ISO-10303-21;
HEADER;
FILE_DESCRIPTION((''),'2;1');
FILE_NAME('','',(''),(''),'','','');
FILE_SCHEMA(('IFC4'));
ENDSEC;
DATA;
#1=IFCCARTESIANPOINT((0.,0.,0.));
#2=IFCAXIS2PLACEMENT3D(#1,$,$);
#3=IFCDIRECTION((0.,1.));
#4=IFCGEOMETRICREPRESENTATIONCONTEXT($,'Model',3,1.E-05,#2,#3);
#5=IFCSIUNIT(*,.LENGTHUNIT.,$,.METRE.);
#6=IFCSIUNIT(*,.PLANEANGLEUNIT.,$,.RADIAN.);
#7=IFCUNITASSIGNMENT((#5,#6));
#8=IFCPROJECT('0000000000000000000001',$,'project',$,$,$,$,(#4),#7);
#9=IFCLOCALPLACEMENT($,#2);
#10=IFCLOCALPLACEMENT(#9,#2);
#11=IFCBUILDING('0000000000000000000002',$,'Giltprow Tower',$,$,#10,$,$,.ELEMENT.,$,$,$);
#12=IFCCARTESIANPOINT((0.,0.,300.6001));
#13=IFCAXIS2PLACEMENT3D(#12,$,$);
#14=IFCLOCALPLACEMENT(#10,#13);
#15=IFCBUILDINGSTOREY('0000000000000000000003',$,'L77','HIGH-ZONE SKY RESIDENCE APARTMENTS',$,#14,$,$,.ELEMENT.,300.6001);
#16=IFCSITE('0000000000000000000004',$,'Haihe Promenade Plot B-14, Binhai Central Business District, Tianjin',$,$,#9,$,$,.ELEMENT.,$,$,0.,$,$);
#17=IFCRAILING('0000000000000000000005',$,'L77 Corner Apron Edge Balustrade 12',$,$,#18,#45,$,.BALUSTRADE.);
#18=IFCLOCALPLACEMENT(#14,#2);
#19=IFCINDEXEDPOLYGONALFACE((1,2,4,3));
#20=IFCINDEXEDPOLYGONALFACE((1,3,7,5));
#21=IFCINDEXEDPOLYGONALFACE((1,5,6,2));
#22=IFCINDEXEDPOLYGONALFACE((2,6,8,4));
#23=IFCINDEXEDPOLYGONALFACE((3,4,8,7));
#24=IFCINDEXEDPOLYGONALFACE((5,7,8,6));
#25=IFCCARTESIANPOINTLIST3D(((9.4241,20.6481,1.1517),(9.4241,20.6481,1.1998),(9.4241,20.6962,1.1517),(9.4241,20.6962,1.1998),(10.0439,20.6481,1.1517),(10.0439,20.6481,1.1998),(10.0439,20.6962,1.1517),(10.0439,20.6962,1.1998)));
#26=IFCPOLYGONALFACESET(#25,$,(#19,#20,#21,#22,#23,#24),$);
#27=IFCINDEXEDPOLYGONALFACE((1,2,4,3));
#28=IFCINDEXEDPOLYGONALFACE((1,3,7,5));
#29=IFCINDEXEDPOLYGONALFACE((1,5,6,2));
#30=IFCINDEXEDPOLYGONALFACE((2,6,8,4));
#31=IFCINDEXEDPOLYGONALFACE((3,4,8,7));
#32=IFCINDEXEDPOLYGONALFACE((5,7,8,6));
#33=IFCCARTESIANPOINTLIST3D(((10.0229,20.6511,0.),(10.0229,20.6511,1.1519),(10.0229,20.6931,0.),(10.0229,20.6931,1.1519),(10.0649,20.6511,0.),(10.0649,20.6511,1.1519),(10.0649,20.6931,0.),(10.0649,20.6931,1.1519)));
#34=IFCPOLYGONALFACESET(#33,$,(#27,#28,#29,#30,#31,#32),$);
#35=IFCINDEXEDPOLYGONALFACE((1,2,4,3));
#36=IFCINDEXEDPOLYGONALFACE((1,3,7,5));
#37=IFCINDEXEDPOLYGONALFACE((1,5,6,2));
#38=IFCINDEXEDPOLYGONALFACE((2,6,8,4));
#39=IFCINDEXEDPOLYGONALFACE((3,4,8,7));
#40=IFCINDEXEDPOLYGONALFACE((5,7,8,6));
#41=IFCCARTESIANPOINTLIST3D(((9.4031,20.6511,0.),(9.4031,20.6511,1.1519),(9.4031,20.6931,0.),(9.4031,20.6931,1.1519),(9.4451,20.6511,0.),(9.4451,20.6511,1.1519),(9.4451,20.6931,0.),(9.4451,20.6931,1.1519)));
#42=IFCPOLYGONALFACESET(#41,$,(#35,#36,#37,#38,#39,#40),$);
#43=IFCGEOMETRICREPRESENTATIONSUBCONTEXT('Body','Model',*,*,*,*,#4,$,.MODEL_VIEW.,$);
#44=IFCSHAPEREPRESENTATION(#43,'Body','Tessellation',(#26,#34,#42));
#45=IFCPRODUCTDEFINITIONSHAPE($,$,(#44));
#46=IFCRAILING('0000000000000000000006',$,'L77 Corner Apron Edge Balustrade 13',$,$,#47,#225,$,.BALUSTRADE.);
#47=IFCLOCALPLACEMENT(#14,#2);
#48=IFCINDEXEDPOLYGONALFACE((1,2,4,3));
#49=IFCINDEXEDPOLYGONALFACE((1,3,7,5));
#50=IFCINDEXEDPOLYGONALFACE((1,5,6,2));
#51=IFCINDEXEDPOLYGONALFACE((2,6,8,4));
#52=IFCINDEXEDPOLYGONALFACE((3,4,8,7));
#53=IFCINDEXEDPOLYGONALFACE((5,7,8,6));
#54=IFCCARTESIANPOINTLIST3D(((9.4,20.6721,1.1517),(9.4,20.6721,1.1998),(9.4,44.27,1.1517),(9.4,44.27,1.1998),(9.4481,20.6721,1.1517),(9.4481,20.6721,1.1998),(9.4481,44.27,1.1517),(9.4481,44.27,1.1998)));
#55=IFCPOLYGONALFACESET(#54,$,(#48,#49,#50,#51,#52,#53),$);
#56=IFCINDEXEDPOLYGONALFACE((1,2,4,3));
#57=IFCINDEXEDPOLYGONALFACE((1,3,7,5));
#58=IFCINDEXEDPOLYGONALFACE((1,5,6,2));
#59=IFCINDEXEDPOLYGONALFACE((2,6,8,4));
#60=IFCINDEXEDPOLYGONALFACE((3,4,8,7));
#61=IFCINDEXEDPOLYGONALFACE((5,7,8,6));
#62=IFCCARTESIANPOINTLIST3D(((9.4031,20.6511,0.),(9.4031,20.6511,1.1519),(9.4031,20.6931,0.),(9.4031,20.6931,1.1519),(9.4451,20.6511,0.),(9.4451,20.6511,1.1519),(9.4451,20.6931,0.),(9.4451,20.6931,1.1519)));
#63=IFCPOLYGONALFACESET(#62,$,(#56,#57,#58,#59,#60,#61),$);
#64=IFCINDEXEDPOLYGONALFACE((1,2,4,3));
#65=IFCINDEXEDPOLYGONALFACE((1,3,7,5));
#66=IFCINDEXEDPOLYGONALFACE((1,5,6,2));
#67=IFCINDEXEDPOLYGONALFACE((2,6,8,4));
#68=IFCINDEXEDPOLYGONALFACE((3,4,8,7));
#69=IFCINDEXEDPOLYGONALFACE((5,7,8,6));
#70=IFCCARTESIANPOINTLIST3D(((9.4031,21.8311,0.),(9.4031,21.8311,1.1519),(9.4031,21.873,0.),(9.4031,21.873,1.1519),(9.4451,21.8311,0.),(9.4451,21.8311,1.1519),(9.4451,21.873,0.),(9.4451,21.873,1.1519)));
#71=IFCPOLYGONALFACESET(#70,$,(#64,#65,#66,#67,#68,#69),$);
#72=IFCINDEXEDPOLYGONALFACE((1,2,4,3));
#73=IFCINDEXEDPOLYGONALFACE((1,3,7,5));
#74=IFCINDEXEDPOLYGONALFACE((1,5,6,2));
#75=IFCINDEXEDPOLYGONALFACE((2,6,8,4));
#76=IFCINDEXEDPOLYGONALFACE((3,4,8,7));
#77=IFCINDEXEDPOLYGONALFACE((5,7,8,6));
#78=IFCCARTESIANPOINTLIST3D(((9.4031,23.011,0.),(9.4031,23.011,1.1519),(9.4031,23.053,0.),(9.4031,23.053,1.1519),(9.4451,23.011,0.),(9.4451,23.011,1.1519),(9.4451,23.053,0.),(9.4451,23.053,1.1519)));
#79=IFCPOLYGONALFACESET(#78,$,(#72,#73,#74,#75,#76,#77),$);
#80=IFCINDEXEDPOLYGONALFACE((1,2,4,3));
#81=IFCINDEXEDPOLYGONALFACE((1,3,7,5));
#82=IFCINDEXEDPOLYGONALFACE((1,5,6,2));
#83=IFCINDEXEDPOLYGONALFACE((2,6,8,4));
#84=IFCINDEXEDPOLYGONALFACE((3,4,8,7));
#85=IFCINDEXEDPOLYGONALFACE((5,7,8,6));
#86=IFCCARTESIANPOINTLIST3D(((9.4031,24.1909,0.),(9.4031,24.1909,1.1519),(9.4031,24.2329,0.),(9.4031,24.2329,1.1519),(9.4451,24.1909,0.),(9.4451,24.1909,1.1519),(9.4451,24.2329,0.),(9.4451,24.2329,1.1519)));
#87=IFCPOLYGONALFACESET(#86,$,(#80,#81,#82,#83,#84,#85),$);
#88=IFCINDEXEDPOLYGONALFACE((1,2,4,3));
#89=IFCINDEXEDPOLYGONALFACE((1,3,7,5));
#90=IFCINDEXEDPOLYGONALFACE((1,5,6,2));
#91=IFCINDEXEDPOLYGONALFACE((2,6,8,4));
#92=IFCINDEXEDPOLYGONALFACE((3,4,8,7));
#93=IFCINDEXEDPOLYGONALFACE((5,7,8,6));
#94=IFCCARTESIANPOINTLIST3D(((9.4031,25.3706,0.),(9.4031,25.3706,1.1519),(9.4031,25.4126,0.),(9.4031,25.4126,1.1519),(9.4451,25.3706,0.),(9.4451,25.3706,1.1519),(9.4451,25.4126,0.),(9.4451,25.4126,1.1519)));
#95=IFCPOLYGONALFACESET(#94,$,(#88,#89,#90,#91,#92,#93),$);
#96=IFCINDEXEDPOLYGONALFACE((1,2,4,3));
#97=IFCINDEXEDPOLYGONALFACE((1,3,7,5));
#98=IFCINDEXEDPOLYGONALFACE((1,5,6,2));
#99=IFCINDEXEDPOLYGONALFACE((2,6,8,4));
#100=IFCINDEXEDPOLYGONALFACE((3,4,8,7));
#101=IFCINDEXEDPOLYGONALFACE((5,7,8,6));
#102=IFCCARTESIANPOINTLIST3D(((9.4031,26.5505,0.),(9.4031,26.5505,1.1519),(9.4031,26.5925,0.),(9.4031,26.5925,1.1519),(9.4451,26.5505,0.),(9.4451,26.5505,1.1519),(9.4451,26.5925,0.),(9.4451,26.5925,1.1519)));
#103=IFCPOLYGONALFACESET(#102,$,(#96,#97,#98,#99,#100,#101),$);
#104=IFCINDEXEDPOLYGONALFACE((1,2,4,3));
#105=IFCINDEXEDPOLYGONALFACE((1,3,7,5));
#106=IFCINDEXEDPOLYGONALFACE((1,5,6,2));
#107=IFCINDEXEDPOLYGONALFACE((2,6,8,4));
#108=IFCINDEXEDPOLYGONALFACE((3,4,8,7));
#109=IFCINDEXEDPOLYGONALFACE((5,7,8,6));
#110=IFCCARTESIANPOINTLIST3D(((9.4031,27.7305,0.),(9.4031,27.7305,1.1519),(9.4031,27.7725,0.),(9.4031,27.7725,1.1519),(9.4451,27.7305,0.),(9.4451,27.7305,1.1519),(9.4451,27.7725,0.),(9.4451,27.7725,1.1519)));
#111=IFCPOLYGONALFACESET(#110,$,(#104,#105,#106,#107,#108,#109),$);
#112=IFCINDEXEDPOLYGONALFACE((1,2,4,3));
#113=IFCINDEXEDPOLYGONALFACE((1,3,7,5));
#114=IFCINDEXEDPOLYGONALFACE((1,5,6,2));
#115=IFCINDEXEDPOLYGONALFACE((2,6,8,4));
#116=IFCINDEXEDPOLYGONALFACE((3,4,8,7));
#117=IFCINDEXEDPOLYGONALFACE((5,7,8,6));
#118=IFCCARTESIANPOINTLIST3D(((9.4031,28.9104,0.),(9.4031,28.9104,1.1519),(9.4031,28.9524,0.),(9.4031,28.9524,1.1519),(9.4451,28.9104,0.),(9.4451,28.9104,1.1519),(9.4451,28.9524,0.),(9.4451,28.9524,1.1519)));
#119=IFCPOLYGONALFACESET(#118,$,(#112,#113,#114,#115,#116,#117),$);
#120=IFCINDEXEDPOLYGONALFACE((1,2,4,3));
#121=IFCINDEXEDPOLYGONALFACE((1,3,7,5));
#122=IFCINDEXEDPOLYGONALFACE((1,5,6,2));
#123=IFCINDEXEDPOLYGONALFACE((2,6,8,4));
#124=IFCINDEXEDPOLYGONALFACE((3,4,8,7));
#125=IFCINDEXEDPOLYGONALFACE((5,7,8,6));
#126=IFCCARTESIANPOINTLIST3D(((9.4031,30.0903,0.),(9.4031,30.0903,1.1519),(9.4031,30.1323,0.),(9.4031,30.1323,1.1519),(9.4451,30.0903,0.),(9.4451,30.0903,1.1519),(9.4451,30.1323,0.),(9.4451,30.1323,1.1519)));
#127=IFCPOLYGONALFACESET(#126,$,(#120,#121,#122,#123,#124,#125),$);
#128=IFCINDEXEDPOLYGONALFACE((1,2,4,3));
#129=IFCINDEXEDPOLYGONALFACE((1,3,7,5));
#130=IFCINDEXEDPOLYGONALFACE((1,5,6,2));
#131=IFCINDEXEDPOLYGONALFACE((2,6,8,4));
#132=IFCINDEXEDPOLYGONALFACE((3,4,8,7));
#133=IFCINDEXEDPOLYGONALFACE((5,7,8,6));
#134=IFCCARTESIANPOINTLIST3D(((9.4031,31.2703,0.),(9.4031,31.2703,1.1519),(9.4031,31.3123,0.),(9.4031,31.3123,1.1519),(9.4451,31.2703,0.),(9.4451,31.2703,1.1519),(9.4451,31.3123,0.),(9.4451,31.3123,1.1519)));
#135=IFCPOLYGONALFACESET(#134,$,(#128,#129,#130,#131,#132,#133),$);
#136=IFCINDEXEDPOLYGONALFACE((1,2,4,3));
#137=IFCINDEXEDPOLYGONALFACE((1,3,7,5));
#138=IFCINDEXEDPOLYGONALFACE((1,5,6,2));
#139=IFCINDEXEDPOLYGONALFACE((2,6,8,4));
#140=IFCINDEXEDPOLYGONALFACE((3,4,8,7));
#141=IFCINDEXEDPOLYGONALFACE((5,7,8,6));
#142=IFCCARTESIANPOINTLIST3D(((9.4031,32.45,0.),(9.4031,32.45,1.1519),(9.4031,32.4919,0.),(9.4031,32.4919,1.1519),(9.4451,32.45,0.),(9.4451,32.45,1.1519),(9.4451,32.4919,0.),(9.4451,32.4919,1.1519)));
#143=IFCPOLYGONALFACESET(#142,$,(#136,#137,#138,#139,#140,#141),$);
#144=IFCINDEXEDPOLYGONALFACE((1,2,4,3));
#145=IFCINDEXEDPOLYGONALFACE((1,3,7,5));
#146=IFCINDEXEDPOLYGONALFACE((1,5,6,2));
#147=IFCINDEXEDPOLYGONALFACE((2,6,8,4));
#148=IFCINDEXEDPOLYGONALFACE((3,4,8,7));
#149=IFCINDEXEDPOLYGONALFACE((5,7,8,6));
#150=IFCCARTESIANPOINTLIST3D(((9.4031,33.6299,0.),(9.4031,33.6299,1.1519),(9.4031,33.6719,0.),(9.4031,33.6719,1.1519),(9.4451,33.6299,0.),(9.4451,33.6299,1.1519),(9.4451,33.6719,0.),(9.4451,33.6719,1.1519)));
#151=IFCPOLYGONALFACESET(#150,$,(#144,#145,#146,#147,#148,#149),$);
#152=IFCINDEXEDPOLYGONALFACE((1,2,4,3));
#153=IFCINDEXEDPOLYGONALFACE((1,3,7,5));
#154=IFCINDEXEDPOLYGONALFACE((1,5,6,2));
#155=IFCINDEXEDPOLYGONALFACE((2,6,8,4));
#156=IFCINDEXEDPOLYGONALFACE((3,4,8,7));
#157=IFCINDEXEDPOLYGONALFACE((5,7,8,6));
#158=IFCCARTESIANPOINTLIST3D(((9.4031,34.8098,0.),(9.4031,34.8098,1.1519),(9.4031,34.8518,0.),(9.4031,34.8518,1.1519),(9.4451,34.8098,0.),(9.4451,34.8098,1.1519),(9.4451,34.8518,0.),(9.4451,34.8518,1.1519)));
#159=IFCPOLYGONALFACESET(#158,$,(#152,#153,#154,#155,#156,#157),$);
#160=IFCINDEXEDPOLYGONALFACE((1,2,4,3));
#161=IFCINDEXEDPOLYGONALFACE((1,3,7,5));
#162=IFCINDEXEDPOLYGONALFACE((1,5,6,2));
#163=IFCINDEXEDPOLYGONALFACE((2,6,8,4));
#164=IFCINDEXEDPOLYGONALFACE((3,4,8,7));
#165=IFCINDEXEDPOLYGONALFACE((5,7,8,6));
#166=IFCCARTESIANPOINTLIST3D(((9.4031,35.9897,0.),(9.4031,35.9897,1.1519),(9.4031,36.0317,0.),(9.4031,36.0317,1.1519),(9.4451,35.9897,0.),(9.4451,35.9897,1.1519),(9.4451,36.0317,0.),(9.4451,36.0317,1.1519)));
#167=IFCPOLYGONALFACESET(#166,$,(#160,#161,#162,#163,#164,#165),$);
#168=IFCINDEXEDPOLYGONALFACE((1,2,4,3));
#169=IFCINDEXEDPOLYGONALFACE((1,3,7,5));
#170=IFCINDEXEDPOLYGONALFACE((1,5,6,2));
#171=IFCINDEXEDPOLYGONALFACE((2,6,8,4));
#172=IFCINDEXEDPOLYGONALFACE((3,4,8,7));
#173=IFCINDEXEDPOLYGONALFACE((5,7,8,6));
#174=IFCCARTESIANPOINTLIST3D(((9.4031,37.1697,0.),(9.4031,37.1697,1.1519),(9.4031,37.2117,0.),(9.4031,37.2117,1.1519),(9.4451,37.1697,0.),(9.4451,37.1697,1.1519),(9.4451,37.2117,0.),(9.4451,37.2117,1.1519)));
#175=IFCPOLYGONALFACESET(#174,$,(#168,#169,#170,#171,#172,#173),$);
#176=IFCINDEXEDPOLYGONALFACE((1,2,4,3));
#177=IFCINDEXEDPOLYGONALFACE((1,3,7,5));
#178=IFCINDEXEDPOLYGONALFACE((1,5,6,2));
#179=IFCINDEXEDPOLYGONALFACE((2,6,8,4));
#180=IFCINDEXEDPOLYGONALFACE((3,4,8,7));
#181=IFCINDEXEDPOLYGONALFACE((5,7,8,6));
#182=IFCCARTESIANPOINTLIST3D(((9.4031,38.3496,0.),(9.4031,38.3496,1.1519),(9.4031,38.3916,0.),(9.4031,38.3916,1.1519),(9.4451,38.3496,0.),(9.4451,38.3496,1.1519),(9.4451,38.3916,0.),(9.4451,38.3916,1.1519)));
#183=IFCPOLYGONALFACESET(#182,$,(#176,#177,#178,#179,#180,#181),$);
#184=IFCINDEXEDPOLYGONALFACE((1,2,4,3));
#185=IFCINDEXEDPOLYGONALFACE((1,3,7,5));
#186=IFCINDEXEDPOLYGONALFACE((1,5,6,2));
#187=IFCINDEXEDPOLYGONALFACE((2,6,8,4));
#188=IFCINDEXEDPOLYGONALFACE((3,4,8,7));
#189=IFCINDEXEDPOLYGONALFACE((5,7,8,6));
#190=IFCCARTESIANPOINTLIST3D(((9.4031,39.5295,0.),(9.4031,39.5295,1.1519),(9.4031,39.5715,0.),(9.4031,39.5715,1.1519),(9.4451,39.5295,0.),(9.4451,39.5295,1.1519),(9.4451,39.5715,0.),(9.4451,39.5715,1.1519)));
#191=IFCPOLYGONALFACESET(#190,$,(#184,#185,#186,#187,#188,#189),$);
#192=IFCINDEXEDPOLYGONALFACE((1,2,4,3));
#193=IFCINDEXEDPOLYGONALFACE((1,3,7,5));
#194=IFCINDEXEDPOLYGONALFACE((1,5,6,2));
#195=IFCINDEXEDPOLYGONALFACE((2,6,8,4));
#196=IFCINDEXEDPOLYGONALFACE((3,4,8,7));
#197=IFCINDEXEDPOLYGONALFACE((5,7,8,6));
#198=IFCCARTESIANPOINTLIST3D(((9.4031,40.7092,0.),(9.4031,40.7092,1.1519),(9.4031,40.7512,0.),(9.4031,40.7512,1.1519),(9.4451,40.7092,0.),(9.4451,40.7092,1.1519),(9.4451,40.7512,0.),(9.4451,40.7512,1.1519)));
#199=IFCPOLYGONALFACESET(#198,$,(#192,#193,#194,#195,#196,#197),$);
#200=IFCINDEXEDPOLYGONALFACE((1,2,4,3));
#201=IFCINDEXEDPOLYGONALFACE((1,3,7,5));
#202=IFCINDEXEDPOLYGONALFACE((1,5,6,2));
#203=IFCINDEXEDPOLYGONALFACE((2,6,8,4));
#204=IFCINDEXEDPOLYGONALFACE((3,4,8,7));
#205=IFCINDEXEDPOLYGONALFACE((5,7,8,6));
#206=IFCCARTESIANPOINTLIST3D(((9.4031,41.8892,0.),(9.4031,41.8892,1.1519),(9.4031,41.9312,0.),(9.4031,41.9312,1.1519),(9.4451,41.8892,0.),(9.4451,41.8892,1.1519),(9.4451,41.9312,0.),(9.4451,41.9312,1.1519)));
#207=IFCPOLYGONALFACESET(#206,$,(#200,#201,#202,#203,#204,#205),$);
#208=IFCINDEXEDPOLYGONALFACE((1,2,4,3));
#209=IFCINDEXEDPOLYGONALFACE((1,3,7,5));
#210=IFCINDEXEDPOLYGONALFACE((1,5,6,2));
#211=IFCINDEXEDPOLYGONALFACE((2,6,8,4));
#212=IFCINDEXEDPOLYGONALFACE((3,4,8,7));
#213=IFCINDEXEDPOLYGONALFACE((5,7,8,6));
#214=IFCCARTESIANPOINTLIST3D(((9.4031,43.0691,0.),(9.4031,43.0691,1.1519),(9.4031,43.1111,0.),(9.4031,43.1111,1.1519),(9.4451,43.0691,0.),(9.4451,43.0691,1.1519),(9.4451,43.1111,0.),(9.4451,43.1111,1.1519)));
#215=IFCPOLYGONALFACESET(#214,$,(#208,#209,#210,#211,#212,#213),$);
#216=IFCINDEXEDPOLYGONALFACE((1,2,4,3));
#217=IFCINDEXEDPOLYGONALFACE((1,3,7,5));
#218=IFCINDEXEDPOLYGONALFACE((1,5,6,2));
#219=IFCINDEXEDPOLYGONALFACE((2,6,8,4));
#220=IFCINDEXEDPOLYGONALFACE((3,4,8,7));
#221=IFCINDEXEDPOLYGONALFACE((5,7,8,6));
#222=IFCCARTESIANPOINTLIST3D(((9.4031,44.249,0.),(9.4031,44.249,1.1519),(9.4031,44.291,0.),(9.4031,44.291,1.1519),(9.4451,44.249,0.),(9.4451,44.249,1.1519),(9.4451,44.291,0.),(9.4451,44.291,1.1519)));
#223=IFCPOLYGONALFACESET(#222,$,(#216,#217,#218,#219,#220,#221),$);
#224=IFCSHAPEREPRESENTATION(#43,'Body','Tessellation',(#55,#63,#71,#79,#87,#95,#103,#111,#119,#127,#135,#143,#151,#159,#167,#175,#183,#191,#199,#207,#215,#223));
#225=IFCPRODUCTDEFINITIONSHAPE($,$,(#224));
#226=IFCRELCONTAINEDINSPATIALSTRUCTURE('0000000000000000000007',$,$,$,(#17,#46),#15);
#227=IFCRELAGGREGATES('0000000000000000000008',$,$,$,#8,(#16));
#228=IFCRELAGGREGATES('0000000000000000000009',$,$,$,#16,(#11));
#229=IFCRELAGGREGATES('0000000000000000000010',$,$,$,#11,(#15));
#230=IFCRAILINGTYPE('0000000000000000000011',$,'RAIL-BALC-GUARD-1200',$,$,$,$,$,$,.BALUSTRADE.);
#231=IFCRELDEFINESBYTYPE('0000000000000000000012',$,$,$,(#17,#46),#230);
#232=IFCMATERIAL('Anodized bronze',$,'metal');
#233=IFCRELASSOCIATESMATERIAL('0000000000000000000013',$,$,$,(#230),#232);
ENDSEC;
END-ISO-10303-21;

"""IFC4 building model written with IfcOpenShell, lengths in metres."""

from ifc_helpers import new_model, si_unit, direction, frame, origin, origin_2d, place, context, subcontext, project, spatial, rectangle, extrude, material, type_object, element, save


model = new_model("IFC4")

# Units and contexts
model_context = context("Model", 3, precision=1e-05, world=origin(), true_north=direction((0.0, 1.0)))
body_context = subcontext(model_context, "Body", "Model", "MODEL_VIEW")
ifc_project = project(units=[si_unit("LENGTHUNIT", "METRE"), si_unit("PLANEANGLEUNIT", "RADIAN")], contexts=[model_context])

# Site, building, storey
site_placement = place(None, origin())
site = spatial("IfcSite", under=ifc_project, at=site_placement, Name="Haihe Promenade Plot B-14, Binhai Central Business District, Tianjin", CompositionType="ELEMENT", RefElevation=0.0)
building_placement = place(site_placement, origin())
building = spatial("IfcBuilding", under=site, at=building_placement, Name="Giltprow Tower", CompositionType="ELEMENT")
storey_placement = place(building_placement, frame((0.0, 0.0, 300.6001)))
storey = spatial("IfcBuildingStorey", under=building, at=storey_placement, Name="L77", Description="HIGH-ZONE SKY RESIDENCE APARTMENTS", CompositionType="ELEMENT", Elevation=300.6001)

# Shared definitions
ifc_material_1 = material(Name="Anodized bronze", Category="metal")

# Railings
railing_type = type_object("IfcRailingType", Name="RAIL-BALC-GUARD-1200", PredefinedType="BALUSTRADE", material=ifc_material_1)
railing_1_placement = place(storey_placement, frame((10.0439, 20.6721, 0.0)))
element("IfcRailing", 1, at=railing_1_placement, inside=storey, type_object=railing_type, Name="L77 Corner Apron Edge Balustrade 12", PredefinedType="BALUSTRADE", context=body_context, shape_type="SweptSolid", body=[
    extrude(rectangle(XDim=0.0481, YDim=0.0481, at=origin_2d()), frame((0.0, 0.0, 1.1758), z_axis=(-1.0, 0.0, 0.0), x_axis=(0.0, -1.0, 0.0)), (0.0, 0.0, 1.0), 0.6199),
    extrude(rectangle(XDim=0.042, YDim=0.042, at=origin_2d()), origin(), (0.0, 0.0, 1.0), 1.1519),
    extrude(rectangle(XDim=0.042, YDim=0.042, at=origin_2d()), frame((-0.6199, 0.0, 0.0)), (0.0, 0.0, 1.0), 1.1519),
])
railing_2_placement = place(storey_placement, frame((9.4241, 20.6721, 0.0)))
element("IfcRailing", 2, at=railing_2_placement, inside=storey, type_object=railing_type, Name="L77 Corner Apron Edge Balustrade 13", PredefinedType="BALUSTRADE", context=body_context, shape_type="SweptSolid", body=[
    extrude(rectangle(XDim=0.0481, YDim=0.0481, at=origin_2d()), frame((0.0, 0.0, 1.1758), z_axis=(0.0, 1.0, 0.0), x_axis=(-1.0, 0.0, 0.0)), (0.0, 0.0, 1.0), 23.5979),
    extrude(rectangle(XDim=0.042, YDim=0.042, at=origin_2d()), origin(), (0.0, 0.0, 1.0), 1.1519),
    extrude(rectangle(XDim=0.042, YDim=0.042, at=origin_2d()), frame((0.0, 1.1799, 0.0)), (0.0, 0.0, 1.0), 1.1519),
    extrude(rectangle(XDim=0.042, YDim=0.042, at=origin_2d()), frame((0.0, 2.3599, 0.0)), (0.0, 0.0, 1.0), 1.1519),
    extrude(rectangle(XDim=0.042, YDim=0.042, at=origin_2d()), frame((0.0, 3.5398, 0.0)), (0.0, 0.0, 1.0), 1.1519),
    extrude(rectangle(XDim=0.042, YDim=0.042, at=origin_2d()), frame((0.0, 4.7195, 0.0)), (0.0, 0.0, 1.0), 1.1519),
    extrude(rectangle(XDim=0.042, YDim=0.042, at=origin_2d()), frame((0.0, 5.8994, 0.0)), (0.0, 0.0, 1.0), 1.1519),
    extrude(rectangle(XDim=0.042, YDim=0.042, at=origin_2d()), frame((0.0, 7.0793, 0.0)), (0.0, 0.0, 1.0), 1.1519),
    extrude(rectangle(XDim=0.042, YDim=0.042, at=origin_2d()), frame((0.0, 8.2593, 0.0)), (0.0, 0.0, 1.0), 1.1519),
    extrude(rectangle(XDim=0.042, YDim=0.042, at=origin_2d()), frame((0.0, 9.4392, 0.0)), (0.0, 0.0, 1.0), 1.1519),
    extrude(rectangle(XDim=0.042, YDim=0.042, at=origin_2d()), frame((0.0, 10.6191, 0.0)), (0.0, 0.0, 1.0), 1.1519),
    extrude(rectangle(XDim=0.042, YDim=0.042, at=origin_2d()), frame((0.0, 11.7988, 0.0)), (0.0, 0.0, 1.0), 1.1519),
    extrude(rectangle(XDim=0.042, YDim=0.042, at=origin_2d()), frame((0.0, 12.9788, 0.0)), (0.0, 0.0, 1.0), 1.1519),
    extrude(rectangle(XDim=0.042, YDim=0.042, at=origin_2d()), frame((0.0, 14.1587, 0.0)), (0.0, 0.0, 1.0), 1.1519),
    extrude(rectangle(XDim=0.042, YDim=0.042, at=origin_2d()), frame((0.0, 15.3386, 0.0)), (0.0, 0.0, 1.0), 1.1519),
    extrude(rectangle(XDim=0.042, YDim=0.042, at=origin_2d()), frame((0.0, 16.5186, 0.0)), (0.0, 0.0, 1.0), 1.1519),
    extrude(rectangle(XDim=0.042, YDim=0.042, at=origin_2d()), frame((0.0, 17.6985, 0.0)), (0.0, 0.0, 1.0), 1.1519),
    extrude(rectangle(XDim=0.042, YDim=0.042, at=origin_2d()), frame((0.0, 18.8784, 0.0)), (0.0, 0.0, 1.0), 1.1519),
    extrude(rectangle(XDim=0.042, YDim=0.042, at=origin_2d()), frame((0.0, 20.0581, 0.0)), (0.0, 0.0, 1.0), 1.1519),
    extrude(rectangle(XDim=0.042, YDim=0.042, at=origin_2d()), frame((0.0, 21.238, 0.0)), (0.0, 0.0, 1.0), 1.1519),
    extrude(rectangle(XDim=0.042, YDim=0.042, at=origin_2d()), frame((0.0, 22.418, 0.0)), (0.0, 0.0, 1.0), 1.1519),
    extrude(rectangle(XDim=0.042, YDim=0.042, at=origin_2d()), frame((0.0, 23.5979, 0.0)), (0.0, 0.0, 1.0), 1.1519),
])

save(model, "model.ifc")
